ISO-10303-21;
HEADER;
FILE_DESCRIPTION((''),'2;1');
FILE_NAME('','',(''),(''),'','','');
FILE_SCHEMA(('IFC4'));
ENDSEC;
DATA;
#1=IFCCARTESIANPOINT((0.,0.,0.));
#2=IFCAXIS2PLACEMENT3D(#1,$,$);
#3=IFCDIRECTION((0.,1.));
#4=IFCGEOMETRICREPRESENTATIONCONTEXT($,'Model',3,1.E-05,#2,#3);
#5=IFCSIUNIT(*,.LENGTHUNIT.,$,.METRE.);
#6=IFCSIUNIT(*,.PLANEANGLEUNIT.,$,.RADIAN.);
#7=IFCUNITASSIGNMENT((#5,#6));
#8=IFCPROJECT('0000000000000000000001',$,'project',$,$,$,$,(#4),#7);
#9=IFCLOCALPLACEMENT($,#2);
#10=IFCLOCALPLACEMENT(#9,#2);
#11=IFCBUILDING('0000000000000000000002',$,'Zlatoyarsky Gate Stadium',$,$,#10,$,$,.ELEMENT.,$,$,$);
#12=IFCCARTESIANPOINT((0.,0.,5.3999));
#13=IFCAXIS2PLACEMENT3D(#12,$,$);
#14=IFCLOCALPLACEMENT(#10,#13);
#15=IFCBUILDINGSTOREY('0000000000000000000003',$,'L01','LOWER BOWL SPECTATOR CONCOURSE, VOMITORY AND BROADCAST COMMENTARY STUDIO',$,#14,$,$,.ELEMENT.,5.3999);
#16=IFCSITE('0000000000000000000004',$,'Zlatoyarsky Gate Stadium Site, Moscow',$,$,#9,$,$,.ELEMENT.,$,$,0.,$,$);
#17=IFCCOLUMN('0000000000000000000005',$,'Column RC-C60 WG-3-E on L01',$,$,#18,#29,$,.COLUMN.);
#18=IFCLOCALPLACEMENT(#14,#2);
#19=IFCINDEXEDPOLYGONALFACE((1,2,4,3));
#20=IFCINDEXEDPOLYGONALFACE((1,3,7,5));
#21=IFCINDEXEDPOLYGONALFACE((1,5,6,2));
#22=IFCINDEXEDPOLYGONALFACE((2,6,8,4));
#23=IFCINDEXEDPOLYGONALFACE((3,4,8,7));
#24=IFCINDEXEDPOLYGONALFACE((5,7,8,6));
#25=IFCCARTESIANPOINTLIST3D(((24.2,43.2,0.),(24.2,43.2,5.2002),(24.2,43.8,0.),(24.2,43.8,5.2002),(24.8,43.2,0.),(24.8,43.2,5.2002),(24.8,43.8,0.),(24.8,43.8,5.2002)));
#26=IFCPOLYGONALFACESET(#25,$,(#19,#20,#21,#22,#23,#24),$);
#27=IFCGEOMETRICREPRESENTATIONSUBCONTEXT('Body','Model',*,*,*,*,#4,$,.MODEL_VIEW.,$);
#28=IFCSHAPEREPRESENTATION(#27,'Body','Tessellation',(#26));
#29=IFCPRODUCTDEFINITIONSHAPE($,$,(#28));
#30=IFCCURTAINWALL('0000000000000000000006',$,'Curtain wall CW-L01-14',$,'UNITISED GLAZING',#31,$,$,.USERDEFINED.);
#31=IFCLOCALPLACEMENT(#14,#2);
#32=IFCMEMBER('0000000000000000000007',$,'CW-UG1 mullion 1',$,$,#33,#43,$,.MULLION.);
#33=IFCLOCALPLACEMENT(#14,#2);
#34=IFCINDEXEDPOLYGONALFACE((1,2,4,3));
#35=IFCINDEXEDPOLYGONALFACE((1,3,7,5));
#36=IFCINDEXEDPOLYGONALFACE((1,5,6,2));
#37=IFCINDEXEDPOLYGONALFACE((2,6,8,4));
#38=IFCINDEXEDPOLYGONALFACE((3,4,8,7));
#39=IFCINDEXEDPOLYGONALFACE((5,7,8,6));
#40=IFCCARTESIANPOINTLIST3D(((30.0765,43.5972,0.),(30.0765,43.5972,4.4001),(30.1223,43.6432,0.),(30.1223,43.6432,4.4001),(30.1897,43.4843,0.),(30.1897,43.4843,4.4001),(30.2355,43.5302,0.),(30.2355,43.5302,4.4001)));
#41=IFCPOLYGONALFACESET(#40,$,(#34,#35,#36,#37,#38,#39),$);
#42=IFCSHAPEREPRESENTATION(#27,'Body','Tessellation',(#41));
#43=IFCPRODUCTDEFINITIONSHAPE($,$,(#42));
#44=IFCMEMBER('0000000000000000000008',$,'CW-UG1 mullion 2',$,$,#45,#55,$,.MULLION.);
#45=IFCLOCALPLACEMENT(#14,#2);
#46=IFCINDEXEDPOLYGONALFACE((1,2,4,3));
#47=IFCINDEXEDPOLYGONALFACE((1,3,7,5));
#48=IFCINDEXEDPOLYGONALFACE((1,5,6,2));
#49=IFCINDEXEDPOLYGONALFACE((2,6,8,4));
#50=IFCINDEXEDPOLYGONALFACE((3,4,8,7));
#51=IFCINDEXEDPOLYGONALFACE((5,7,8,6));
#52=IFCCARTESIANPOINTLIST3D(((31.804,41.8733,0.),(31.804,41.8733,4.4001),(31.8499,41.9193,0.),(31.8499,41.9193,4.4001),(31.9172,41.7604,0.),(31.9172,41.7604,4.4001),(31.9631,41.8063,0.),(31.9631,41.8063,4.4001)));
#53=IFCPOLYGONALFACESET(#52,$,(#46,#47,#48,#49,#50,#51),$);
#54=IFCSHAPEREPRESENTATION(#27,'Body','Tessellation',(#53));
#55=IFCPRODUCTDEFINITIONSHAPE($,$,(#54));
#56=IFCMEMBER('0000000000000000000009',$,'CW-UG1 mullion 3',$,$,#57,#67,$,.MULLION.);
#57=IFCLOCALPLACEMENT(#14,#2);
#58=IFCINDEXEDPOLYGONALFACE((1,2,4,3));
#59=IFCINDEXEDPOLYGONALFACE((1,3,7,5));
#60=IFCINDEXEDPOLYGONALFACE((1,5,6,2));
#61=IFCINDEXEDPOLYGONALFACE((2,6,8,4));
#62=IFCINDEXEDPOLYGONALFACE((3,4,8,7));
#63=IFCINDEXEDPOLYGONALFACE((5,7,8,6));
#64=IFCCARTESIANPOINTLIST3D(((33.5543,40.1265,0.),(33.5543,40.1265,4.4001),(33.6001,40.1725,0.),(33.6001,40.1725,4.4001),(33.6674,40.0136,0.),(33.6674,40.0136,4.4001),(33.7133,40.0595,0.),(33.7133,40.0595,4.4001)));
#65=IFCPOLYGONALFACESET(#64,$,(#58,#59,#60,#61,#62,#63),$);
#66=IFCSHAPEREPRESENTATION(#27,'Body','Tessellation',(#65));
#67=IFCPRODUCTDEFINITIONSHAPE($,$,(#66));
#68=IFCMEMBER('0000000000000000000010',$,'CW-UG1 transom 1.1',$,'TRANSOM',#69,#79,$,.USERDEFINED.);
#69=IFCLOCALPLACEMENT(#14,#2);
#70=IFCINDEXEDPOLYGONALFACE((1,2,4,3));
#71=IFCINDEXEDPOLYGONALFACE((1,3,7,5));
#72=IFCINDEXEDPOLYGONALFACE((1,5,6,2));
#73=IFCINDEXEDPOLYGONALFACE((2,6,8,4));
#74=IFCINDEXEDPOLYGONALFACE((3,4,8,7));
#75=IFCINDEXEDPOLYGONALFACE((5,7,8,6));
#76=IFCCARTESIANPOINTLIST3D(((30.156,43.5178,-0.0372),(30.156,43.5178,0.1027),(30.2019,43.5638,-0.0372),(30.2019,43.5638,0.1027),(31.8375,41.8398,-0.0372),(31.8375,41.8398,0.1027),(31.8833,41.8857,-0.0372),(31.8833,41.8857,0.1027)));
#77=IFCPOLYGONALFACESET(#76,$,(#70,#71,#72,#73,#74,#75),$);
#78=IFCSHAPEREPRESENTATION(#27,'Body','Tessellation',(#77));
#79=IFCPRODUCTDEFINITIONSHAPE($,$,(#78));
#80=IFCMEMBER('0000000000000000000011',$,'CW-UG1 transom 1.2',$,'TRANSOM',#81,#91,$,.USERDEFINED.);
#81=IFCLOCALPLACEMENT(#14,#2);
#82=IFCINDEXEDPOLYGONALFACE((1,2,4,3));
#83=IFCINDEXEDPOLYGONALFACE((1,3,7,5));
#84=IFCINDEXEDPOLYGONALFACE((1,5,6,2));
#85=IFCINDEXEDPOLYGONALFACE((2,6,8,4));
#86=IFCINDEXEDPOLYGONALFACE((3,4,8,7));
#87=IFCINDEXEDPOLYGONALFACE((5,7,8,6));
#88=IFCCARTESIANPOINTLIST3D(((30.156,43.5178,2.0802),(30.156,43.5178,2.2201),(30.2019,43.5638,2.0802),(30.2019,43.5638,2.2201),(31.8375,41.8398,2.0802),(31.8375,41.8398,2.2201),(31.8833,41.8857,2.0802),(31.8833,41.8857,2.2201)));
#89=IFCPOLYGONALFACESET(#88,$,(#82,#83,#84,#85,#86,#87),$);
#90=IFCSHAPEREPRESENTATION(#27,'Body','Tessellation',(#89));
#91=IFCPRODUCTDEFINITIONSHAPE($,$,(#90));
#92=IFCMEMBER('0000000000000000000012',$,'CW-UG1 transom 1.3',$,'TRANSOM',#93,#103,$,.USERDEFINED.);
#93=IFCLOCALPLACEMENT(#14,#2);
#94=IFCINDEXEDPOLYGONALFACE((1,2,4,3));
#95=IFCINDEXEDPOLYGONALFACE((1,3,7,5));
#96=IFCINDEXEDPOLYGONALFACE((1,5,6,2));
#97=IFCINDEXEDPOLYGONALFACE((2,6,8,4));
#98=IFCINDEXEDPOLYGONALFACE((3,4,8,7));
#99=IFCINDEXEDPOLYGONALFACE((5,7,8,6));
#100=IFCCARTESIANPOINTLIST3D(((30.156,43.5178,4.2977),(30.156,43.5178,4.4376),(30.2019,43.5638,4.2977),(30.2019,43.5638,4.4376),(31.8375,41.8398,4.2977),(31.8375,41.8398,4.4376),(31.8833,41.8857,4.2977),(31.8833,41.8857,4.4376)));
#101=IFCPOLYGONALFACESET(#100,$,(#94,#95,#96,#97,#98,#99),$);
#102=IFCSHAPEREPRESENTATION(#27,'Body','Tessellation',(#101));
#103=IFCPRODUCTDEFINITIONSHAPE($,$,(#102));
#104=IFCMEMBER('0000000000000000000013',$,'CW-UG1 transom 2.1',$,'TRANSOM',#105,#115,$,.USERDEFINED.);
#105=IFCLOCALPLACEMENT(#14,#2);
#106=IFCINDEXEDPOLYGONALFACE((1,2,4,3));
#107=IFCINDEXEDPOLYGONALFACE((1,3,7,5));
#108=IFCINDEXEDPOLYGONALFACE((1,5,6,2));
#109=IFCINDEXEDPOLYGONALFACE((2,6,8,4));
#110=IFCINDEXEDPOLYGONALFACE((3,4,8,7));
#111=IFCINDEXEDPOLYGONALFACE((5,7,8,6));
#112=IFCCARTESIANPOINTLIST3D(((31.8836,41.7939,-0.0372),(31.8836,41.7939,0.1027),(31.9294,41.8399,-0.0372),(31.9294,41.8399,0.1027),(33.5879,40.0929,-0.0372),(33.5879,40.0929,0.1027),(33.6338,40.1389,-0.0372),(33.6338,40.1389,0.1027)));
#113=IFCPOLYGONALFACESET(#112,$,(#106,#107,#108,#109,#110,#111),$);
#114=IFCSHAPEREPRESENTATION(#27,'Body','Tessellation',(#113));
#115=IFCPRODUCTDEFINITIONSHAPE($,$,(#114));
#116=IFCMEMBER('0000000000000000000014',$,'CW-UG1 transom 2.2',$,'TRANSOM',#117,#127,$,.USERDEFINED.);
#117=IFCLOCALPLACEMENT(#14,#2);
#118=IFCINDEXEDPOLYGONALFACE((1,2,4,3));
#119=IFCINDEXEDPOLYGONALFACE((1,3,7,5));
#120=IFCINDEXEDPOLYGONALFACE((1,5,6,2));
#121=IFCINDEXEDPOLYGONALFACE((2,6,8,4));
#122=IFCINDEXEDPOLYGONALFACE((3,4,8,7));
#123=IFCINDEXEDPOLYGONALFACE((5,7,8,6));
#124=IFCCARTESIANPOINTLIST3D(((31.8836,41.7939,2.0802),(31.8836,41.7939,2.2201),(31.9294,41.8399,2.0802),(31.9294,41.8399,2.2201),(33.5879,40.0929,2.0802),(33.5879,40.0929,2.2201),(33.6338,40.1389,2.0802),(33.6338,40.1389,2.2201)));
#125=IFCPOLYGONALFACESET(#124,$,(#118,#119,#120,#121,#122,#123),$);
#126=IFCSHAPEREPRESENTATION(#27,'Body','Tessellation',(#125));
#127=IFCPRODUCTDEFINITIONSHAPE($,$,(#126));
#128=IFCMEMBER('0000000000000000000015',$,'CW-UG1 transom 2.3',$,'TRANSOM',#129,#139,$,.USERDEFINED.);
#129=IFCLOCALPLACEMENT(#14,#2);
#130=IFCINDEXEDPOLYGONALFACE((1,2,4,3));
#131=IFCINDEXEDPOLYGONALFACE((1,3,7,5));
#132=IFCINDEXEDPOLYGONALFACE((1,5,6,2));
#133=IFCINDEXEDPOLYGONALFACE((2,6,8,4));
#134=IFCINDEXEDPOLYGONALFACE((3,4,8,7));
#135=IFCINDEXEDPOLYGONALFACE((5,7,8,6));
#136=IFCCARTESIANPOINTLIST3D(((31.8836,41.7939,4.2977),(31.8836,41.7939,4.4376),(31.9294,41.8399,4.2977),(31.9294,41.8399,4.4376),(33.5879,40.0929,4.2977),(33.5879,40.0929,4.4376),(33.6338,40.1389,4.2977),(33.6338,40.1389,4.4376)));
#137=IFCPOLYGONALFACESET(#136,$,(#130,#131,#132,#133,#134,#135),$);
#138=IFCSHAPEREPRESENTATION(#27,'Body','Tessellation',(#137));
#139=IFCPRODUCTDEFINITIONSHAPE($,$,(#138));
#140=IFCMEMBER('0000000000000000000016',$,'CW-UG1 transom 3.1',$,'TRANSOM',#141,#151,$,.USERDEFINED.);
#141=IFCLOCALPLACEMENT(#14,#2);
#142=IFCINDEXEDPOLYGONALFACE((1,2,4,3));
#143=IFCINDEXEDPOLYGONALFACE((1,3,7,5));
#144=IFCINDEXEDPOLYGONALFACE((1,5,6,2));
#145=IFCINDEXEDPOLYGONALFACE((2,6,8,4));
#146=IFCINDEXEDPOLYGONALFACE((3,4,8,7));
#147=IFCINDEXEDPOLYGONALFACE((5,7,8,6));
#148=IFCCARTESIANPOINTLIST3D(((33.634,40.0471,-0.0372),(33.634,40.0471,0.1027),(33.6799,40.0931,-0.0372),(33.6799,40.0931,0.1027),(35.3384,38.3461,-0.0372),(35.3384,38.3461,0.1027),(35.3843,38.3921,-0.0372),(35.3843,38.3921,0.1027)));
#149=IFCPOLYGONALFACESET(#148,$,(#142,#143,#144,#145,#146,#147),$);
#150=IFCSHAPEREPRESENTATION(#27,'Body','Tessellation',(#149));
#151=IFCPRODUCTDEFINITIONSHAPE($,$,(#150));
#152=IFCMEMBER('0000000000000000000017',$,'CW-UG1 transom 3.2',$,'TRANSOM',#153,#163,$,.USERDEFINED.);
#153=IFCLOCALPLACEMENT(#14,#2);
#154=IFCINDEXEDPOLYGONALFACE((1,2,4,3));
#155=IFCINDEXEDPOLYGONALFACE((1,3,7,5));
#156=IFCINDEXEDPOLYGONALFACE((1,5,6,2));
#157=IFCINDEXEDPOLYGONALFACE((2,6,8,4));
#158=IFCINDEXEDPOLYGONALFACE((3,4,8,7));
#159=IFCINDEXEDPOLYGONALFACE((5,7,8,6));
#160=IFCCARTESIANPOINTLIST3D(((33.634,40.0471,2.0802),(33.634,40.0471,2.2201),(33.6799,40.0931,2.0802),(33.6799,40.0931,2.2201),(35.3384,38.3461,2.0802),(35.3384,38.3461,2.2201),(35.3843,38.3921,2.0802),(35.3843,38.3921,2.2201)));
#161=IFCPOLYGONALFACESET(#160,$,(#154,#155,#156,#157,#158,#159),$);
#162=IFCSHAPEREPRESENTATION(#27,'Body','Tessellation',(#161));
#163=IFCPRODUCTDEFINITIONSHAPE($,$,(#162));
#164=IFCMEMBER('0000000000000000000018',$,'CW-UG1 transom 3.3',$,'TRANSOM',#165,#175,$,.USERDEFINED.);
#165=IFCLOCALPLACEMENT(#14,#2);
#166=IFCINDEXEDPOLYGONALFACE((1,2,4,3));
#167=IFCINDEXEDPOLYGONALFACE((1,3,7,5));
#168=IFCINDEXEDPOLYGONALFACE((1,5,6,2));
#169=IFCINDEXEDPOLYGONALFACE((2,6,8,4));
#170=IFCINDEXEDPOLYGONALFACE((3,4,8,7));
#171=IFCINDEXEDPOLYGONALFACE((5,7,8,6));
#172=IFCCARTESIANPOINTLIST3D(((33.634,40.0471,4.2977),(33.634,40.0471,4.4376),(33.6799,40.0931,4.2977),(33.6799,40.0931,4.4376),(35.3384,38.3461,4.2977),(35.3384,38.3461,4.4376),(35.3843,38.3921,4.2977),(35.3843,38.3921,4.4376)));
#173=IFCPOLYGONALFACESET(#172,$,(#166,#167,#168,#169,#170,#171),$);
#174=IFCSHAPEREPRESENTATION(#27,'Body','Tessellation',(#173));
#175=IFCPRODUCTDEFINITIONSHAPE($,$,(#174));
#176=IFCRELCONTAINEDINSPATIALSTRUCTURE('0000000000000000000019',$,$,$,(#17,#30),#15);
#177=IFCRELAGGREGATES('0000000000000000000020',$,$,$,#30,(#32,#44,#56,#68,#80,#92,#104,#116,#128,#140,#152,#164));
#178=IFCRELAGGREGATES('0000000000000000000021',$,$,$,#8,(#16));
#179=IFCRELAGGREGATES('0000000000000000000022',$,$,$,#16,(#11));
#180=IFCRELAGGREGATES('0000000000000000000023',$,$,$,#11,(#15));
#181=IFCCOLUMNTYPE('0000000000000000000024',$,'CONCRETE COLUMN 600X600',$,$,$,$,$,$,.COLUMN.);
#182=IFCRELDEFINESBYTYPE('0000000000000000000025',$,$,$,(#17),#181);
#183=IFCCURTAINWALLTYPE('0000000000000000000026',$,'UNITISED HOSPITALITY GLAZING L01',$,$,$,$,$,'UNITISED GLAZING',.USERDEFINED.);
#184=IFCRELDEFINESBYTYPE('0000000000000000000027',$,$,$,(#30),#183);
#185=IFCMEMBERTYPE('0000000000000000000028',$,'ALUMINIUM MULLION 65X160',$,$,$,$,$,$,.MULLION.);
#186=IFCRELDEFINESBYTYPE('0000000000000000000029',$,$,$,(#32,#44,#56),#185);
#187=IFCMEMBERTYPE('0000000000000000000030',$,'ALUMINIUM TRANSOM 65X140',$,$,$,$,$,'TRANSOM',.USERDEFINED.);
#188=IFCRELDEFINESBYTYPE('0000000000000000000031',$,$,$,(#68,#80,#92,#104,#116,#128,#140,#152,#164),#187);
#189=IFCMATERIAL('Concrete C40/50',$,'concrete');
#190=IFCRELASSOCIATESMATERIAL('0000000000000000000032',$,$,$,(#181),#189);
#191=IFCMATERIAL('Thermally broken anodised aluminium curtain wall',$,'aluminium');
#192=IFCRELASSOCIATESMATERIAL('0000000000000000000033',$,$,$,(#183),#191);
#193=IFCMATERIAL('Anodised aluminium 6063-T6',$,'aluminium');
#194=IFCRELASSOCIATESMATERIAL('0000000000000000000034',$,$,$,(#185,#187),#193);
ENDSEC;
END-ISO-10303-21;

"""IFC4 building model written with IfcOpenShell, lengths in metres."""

from ifc_helpers import new_model, si_unit, direction, frame, origin, origin_2d, place, context, subcontext, project, spatial, rectangle, extrude, material, material_profile, profile_set, type_object, element, aggregate, save


model = new_model("IFC4")

# Units and contexts
model_context = context("Model", 3, precision=1e-05, world=origin(), true_north=direction((0.0, 1.0)))
body_context = subcontext(model_context, "Body", "Model", "MODEL_VIEW")
ifc_project = project(units=[si_unit("LENGTHUNIT", "METRE"), si_unit("PLANEANGLEUNIT", "RADIAN")], contexts=[model_context])

# Site, building, storey
site_placement = place(None, origin())
site = spatial("IfcSite", under=ifc_project, at=site_placement, Name="Zlatoyarsky Gate Stadium Site, Moscow", CompositionType="ELEMENT", RefElevation=0.0)
building_placement = place(site_placement, origin())
building = spatial("IfcBuilding", under=site, at=building_placement, Name="Zlatoyarsky Gate Stadium", CompositionType="ELEMENT")
storey_placement = place(building_placement, frame((0.0, 0.0, 5.3999)))
storey = spatial("IfcBuildingStorey", under=building, at=storey_placement, Name="L01", Description="LOWER BOWL SPECTATOR CONCOURSE, VOMITORY AND BROADCAST COMMENTARY STUDIO", CompositionType="ELEMENT", Elevation=5.3999)

# Column
ifc_material_1 = material(Name="Concrete C40/50", Category="concrete")
ifc_material_profile_1 = material_profile(ifc_material_1, rectangle(XDim=0.6001, YDim=0.6001, at=origin_2d()), Name="RC COL 600X600")
ifc_profile_set_1 = profile_set([ifc_material_profile_1], Name="Concrete C40/50")
column_type = type_object("IfcColumnType", Name="CONCRETE COLUMN 600X600", PredefinedType="COLUMN", material=ifc_profile_set_1)
column_placement = place(storey_placement, frame((24.5, 43.5, 0.0), z_axis=(0.0, 0.0, 1.0), x_axis=(1.0, 0.0, 0.0)))
element("IfcColumn", 1, at=column_placement, inside=storey, type_object=column_type, Name="Column RC-C60 WG-3-E on L01", PredefinedType="COLUMN", context=body_context, shape_type="SweptSolid", body=[
    extrude(rectangle(XDim=0.6001, YDim=0.6001, at=origin_2d()), origin(), (0.0, 0.0, 1.0), 5.2002),
])

# Curtain wall, members
ifc_material_2 = material(Name="Thermally broken anodised aluminium curtain wall", Category="aluminium")
curtain_wall_type = type_object("IfcCurtainWallType", Name="UNITISED HOSPITALITY GLAZING L01", ElementType="UNITISED GLAZING", PredefinedType="USERDEFINED", material=ifc_material_2)
curtain_wall_placement = place(storey_placement, origin())
curtain_wall = element("IfcCurtainWall", 2, at=curtain_wall_placement, inside=storey, type_object=curtain_wall_type, Name="Curtain wall CW-L01-14", ObjectType="UNITISED GLAZING", PredefinedType="USERDEFINED")
ifc_material_3 = material(Name="Anodised aluminium 6063-T6", Category="aluminium")
ifc_material_profile_2 = material_profile(ifc_material_3, rectangle(XDim=0.0649, YDim=0.1599, at=origin_2d()), Name="ALU 65X160")
ifc_profile_set_2 = profile_set([ifc_material_profile_2], Name="Anodised aluminium 6063-T6")
member_type_1 = type_object("IfcMemberType", Name="ALUMINIUM MULLION 65X160", PredefinedType="MULLION", material=ifc_profile_set_2)
member_1_placement = place(storey_placement, frame((30.156, 43.5637, 0.0), z_axis=(0.0, 0.0, 1.0), x_axis=(0.706373, 0.707839, 0.0)))
member_1 = element("IfcMember", 3, at=member_1_placement, type_object=member_type_1, Name="CW-UG1 mullion 1", PredefinedType="MULLION", context=body_context, shape_type="SweptSolid", body=[
    extrude(rectangle(XDim=0.0649, YDim=0.1599, at=origin_2d()), origin(), (0.0, 0.0, 1.0), 4.4001),
])
member_2_placement = place(storey_placement, frame((31.8835, 41.8398, 0.0), z_axis=(0.0, 0.0, 1.0), x_axis=(0.706373, 0.707839, 0.0)))
member_2 = element("IfcMember", 4, at=member_2_placement, type_object=member_type_1, Name="CW-UG1 mullion 2", PredefinedType="MULLION", context=body_context, shape_type="SweptSolid", body=[
    extrude(rectangle(XDim=0.0649, YDim=0.1599, at=origin_2d()), origin(), (0.0, 0.0, 1.0), 4.4001),
])
member_3_placement = place(storey_placement, frame((33.6338, 40.093, 0.0), z_axis=(0.0, 0.0, 1.0), x_axis=(0.706373, 0.707839, 0.0)))
member_3 = element("IfcMember", 5, at=member_3_placement, type_object=member_type_1, Name="CW-UG1 mullion 3", PredefinedType="MULLION", context=body_context, shape_type="SweptSolid", body=[
    extrude(rectangle(XDim=0.0649, YDim=0.1599, at=origin_2d()), origin(), (0.0, 0.0, 1.0), 4.4001),
])
ifc_material_profile_3 = material_profile(ifc_material_3, rectangle(XDim=0.0649, YDim=0.1399, at=origin_2d()), Name="ALU 65X140")
ifc_profile_set_3 = profile_set([ifc_material_profile_3], Name="Anodised aluminium 6063-T6")
member_type_2 = type_object("IfcMemberType", Name="ALUMINIUM TRANSOM 65X140", ElementType="TRANSOM", PredefinedType="USERDEFINED", material=ifc_profile_set_3)
member_4_placement = place(storey_placement, frame((30.179, 43.5408, 0.0327), z_axis=(0.707826, -0.706387, 0.0), x_axis=(0.706387, 0.707826, 0.0)))
member_4 = element("IfcMember", 6, at=member_4_placement, type_object=member_type_2, Name="CW-UG1 transom 1.1", ObjectType="TRANSOM", PredefinedType="USERDEFINED", context=body_context, shape_type="SweptSolid", body=[
    extrude(rectangle(XDim=0.0649, YDim=0.1399, at=origin_2d()), origin(), (0.0, 0.0, 1.0), 2.3755),
])
member_5_placement = place(storey_placement, frame((30.179, 43.5408, 2.1501), z_axis=(0.707826, -0.706387, 0.0), x_axis=(0.706387, 0.707826, 0.0)))
member_5 = element("IfcMember", 7, at=member_5_placement, type_object=member_type_2, Name="CW-UG1 transom 1.2", ObjectType="TRANSOM", PredefinedType="USERDEFINED", context=body_context, shape_type="SweptSolid", body=[
    extrude(rectangle(XDim=0.0649, YDim=0.1399, at=origin_2d()), origin(), (0.0, 0.0, 1.0), 2.3755),
])
member_6_placement = place(storey_placement, frame((30.179, 43.5408, 4.3677), z_axis=(0.707826, -0.706387, 0.0), x_axis=(0.706387, 0.707826, 0.0)))
member_6 = element("IfcMember", 8, at=member_6_placement, type_object=member_type_2, Name="CW-UG1 transom 1.3", ObjectType="TRANSOM", PredefinedType="USERDEFINED", context=body_context, shape_type="SweptSolid", body=[
    extrude(rectangle(XDim=0.0649, YDim=0.1399, at=origin_2d()), origin(), (0.0, 0.0, 1.0), 2.3755),
])
member_7_placement = place(storey_placement, frame((31.9065, 41.8169, 0.0327), z_axis=(0.707816, -0.706397, 0.0), x_axis=(0.706397, 0.707816, 0.0)))
member_7 = element("IfcMember", 9, at=member_7_placement, type_object=member_type_2, Name="CW-UG1 transom 2.1", ObjectType="TRANSOM", PredefinedType="USERDEFINED", context=body_context, shape_type="SweptSolid", body=[
    extrude(rectangle(XDim=0.0649, YDim=0.1399, at=origin_2d()), origin(), (0.0, 0.0, 1.0), 2.408),
])
member_8_placement = place(storey_placement, frame((31.9065, 41.8169, 2.1501), z_axis=(0.707816, -0.706397, 0.0), x_axis=(0.706397, 0.707816, 0.0)))
member_8 = element("IfcMember", 10, at=member_8_placement, type_object=member_type_2, Name="CW-UG1 transom 2.2", ObjectType="TRANSOM", PredefinedType="USERDEFINED", context=body_context, shape_type="SweptSolid", body=[
    extrude(rectangle(XDim=0.0649, YDim=0.1399, at=origin_2d()), origin(), (0.0, 0.0, 1.0), 2.408),
])
member_9_placement = place(storey_placement, frame((31.9065, 41.8169, 4.3677), z_axis=(0.707816, -0.706397, 0.0), x_axis=(0.706397, 0.707816, 0.0)))
member_9 = element("IfcMember", 11, at=member_9_placement, type_object=member_type_2, Name="CW-UG1 transom 2.3", ObjectType="TRANSOM", PredefinedType="USERDEFINED", context=body_context, shape_type="SweptSolid", body=[
    extrude(rectangle(XDim=0.0649, YDim=0.1399, at=origin_2d()), origin(), (0.0, 0.0, 1.0), 2.408),
])
member_10_placement = place(storey_placement, frame((33.657, 40.0701, 0.0327), z_axis=(0.707816, -0.706397, 0.0), x_axis=(0.706397, 0.707816, 0.0)))
member_10 = element("IfcMember", 12, at=member_10_placement, type_object=member_type_2, Name="CW-UG1 transom 3.1", ObjectType="TRANSOM", PredefinedType="USERDEFINED", context=body_context, shape_type="SweptSolid", body=[
    extrude(rectangle(XDim=0.0649, YDim=0.1399, at=origin_2d()), origin(), (0.0, 0.0, 1.0), 2.408),
])
member_11_placement = place(storey_placement, frame((33.657, 40.0701, 2.1501), z_axis=(0.707816, -0.706397, 0.0), x_axis=(0.706397, 0.707816, 0.0)))
member_11 = element("IfcMember", 13, at=member_11_placement, type_object=member_type_2, Name="CW-UG1 transom 3.2", ObjectType="TRANSOM", PredefinedType="USERDEFINED", context=body_context, shape_type="SweptSolid", body=[
    extrude(rectangle(XDim=0.0649, YDim=0.1399, at=origin_2d()), origin(), (0.0, 0.0, 1.0), 2.408),
])
member_12_placement = place(storey_placement, frame((33.657, 40.0701, 4.3677), z_axis=(0.707816, -0.706397, 0.0), x_axis=(0.706397, 0.707816, 0.0)))
member_12 = element("IfcMember", 14, at=member_12_placement, type_object=member_type_2, Name="CW-UG1 transom 3.3", ObjectType="TRANSOM", PredefinedType="USERDEFINED", context=body_context, shape_type="SweptSolid", body=[
    extrude(rectangle(XDim=0.0649, YDim=0.1399, at=origin_2d()), origin(), (0.0, 0.0, 1.0), 2.408),
])

aggregate(curtain_wall, [member_1, member_2, member_3, member_4, member_5, member_6, member_7, member_8, member_9, member_10, member_11, member_12])

save(model, "model.ifc")
